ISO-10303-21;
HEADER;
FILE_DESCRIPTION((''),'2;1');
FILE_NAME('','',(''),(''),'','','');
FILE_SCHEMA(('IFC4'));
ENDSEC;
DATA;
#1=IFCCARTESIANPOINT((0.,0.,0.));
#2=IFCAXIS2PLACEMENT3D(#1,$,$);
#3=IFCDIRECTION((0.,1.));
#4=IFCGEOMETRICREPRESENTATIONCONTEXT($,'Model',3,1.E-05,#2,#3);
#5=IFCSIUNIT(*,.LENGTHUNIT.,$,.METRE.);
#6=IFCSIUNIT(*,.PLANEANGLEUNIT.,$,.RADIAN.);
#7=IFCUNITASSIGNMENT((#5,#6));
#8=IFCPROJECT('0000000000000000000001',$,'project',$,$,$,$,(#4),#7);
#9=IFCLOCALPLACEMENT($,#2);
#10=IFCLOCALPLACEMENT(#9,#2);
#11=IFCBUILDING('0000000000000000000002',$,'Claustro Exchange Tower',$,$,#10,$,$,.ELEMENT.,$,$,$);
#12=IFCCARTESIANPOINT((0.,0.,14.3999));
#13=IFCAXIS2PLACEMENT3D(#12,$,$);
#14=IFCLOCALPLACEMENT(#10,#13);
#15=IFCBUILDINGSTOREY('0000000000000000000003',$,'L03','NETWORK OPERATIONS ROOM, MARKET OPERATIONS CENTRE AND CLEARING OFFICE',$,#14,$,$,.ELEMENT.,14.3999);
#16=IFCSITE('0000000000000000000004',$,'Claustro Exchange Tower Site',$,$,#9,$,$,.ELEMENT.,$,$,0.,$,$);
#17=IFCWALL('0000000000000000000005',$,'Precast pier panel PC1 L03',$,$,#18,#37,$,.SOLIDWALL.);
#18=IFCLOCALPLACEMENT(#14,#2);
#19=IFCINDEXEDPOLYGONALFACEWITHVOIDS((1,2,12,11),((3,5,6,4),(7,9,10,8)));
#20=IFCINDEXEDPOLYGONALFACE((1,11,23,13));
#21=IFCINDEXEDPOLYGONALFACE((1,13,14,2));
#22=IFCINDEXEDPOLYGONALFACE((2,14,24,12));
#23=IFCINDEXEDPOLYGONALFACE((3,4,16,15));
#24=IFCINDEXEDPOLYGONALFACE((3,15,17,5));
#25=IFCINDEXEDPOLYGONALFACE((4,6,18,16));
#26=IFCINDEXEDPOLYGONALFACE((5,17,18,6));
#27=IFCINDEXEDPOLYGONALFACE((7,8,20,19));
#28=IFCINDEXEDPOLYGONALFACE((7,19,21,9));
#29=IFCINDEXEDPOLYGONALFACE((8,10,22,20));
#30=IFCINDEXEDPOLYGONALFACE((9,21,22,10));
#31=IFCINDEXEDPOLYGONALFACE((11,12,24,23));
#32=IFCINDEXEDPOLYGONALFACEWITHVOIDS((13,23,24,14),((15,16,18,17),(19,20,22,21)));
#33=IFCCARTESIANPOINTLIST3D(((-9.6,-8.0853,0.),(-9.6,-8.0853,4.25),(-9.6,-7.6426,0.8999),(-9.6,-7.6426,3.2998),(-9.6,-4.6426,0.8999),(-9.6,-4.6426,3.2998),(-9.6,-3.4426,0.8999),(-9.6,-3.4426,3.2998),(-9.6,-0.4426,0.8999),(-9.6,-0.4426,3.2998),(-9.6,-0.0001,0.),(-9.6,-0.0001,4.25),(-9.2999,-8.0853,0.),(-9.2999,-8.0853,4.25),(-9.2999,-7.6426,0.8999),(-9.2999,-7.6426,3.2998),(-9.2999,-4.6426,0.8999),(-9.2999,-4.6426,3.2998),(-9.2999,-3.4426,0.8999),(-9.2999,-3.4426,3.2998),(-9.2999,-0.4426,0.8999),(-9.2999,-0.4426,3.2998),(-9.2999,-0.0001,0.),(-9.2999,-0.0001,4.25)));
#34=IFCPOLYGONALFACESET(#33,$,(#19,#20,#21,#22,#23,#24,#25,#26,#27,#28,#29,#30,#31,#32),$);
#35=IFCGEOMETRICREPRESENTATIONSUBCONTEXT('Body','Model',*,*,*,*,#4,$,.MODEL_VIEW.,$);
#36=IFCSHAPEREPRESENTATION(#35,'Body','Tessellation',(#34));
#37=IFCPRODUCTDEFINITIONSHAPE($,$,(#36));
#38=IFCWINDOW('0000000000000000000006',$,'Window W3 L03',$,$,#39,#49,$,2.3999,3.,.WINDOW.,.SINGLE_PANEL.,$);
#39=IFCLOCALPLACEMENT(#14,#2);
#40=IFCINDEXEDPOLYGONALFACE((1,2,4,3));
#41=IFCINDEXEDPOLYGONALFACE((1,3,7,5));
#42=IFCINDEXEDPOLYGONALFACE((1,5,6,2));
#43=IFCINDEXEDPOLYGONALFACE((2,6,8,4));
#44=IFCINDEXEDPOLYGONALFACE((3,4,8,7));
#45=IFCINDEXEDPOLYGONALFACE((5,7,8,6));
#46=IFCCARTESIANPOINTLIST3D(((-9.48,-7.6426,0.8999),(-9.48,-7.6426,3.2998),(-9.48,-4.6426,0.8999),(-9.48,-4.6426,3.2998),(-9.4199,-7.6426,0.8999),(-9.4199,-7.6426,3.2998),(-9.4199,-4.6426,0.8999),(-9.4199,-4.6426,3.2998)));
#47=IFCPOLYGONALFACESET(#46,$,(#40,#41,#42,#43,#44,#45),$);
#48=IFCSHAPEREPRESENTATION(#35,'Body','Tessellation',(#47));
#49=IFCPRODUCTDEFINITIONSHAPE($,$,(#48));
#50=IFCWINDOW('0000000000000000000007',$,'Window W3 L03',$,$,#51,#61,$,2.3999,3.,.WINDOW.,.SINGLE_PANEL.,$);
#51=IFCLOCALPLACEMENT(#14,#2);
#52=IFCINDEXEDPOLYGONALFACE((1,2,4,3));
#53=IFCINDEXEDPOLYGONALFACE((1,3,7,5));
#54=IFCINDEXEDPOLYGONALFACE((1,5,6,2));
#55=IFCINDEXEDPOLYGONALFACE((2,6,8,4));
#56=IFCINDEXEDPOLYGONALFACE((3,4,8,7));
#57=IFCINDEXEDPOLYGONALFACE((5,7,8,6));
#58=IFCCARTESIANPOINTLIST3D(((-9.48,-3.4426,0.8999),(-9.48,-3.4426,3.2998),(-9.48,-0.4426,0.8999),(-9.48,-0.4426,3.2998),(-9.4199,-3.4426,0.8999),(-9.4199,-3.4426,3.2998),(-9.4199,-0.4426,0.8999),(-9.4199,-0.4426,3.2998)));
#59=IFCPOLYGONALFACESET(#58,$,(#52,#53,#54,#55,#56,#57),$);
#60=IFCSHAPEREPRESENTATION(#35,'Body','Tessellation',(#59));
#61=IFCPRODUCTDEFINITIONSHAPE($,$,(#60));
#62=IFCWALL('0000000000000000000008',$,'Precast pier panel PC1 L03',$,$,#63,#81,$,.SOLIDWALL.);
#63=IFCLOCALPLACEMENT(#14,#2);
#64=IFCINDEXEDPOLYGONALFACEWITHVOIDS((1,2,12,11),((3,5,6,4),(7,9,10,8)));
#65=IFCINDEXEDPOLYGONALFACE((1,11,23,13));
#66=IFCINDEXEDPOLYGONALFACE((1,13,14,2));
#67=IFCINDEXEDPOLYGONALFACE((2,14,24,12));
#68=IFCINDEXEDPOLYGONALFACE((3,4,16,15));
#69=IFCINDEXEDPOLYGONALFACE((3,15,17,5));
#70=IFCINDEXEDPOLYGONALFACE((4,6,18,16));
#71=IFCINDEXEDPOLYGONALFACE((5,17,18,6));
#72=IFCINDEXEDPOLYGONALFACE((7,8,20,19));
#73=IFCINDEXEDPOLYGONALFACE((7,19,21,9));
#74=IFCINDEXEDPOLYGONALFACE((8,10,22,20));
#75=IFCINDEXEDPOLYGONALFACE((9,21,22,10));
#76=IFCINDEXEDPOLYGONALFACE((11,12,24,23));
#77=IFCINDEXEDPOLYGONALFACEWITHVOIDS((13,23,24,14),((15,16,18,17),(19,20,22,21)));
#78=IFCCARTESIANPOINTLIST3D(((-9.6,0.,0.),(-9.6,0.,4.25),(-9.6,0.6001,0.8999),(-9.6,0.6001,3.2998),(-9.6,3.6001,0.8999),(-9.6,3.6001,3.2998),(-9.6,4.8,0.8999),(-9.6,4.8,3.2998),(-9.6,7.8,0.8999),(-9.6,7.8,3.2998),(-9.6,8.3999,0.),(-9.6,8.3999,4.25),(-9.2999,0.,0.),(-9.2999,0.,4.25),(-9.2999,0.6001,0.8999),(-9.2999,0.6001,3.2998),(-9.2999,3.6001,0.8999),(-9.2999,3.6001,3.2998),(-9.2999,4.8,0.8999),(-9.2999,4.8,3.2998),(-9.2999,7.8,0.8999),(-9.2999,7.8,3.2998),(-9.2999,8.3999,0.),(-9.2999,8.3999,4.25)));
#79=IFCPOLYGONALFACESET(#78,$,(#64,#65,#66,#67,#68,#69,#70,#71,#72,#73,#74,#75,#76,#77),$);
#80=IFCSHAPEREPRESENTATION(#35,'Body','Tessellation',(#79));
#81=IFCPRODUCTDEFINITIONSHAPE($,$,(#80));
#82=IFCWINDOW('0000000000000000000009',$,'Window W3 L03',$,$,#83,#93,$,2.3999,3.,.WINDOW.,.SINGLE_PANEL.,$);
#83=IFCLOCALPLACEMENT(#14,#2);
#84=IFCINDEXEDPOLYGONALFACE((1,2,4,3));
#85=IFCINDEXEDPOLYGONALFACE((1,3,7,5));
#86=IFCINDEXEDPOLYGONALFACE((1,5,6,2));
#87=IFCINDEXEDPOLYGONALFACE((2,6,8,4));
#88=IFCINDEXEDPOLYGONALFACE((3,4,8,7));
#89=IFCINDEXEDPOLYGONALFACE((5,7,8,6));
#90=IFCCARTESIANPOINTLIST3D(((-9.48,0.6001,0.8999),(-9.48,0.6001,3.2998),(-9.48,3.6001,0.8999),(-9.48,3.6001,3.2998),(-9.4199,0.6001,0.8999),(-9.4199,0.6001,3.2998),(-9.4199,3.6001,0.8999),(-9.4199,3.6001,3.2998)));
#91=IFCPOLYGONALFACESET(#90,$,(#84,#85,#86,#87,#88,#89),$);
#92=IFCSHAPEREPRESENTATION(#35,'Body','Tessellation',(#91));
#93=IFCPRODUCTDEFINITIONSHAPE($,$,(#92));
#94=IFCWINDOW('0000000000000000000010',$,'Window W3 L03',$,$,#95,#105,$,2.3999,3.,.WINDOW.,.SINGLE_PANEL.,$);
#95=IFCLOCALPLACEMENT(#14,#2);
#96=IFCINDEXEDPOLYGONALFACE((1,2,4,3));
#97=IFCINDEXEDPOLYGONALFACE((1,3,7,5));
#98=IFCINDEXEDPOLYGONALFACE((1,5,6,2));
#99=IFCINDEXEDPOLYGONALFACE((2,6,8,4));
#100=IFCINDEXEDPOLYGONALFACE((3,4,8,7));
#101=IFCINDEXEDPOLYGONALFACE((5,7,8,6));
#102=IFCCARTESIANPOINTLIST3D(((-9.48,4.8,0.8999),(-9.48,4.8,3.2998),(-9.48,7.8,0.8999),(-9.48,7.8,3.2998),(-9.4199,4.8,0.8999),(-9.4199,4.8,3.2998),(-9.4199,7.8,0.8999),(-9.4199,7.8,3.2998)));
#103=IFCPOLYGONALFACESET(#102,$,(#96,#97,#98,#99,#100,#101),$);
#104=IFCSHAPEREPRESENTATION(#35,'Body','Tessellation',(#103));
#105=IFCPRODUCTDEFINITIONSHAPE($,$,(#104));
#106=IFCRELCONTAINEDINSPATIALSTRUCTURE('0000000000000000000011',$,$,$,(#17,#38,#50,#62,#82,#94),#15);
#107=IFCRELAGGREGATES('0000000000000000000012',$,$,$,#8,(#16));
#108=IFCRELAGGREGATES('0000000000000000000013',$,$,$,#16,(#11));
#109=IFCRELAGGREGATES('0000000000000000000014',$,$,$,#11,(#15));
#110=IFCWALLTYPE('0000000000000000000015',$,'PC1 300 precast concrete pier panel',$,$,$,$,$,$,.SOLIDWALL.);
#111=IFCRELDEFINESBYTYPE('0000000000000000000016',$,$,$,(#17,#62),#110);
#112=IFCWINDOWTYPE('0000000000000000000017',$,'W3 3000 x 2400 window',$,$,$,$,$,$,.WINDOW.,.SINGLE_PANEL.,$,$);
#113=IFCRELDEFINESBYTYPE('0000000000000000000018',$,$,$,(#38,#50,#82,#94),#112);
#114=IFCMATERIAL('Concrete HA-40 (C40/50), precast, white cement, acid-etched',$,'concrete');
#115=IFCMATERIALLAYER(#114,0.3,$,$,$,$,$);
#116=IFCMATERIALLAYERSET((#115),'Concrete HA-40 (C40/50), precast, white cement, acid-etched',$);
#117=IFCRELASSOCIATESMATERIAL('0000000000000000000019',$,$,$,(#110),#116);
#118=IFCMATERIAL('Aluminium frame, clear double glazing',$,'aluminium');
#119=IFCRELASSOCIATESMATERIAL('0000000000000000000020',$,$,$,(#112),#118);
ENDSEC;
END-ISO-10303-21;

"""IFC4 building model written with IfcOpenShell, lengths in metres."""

from ifc_helpers import new_model, si_unit, direction, frame, frame_2d, origin, place, context, subcontext, project, spatial, rectangle, extrude, material, layer, layer_set, type_object, element, fill, save


model = new_model("IFC4")

# Units and contexts
model_context = context("Model", 3, precision=1e-05, world=origin(), true_north=direction((0.0, 1.0)))
body_context = subcontext(model_context, "Body", "Model", "MODEL_VIEW")
ifc_project = project(units=[si_unit("LENGTHUNIT", "METRE"), si_unit("PLANEANGLEUNIT", "RADIAN")], contexts=[model_context])

# Site, building, storey
site_placement = place(None, origin())
site = spatial("IfcSite", under=ifc_project, at=site_placement, Name="Claustro Exchange Tower Site", CompositionType="ELEMENT", RefElevation=0.0)
building_placement = place(site_placement, origin())
building = spatial("IfcBuilding", under=site, at=building_placement, Name="Claustro Exchange Tower", CompositionType="ELEMENT")
storey_placement = place(building_placement, frame((0.0, 0.0, 14.3999)))
storey = spatial("IfcBuildingStorey", under=building, at=storey_placement, Name="L03", Description="NETWORK OPERATIONS ROOM, MARKET OPERATIONS CENTRE AND CLEARING OFFICE", CompositionType="ELEMENT", Elevation=14.3999)

# Shared definitions
ifc_material_1 = material(Name="Concrete HA-40 (C40/50), precast, white cement, acid-etched", Category="concrete")
ifc_layer_1 = layer(ifc_material_1, 0.3)
ifc_layer_set_1 = layer_set([ifc_layer_1], Name="Concrete HA-40 (C40/50), precast, white cement, acid-etched")
wall_type_1 = type_object("IfcWallType", Name="PC1 300 precast concrete pier panel", PredefinedType="SOLIDWALL", material=ifc_layer_set_1)

# Walls, openings, windows
wall_1_placement = place(storey_placement, frame((-9.45, -8.0852, 0.0), z_axis=(0.0, 0.0, 1.0), x_axis=(0.0, 1.0, 0.0)))
wall_1 = element("IfcWall", 1, at=wall_1_placement, inside=storey, type_object=wall_type_1, Name="Precast pier panel PC1 L03", PredefinedType="SOLIDWALL", context=body_context, shape_type="SweptSolid", body=[
    extrude(rectangle(XDim=8.0852, YDim=0.3, at=frame_2d((4.0425, 0.0))), origin(), (0.0, 0.0, 1.0), 4.25),
])
opening_1_placement = place(wall_1_placement, frame((0.4426, 0.0, 0.8999)))
opening_1 = element("IfcOpeningElement", 2, at=opening_1_placement, cuts=wall_1, PredefinedType="OPENING", context=body_context, shape_type="SweptSolid", body=[
    extrude(rectangle(XDim=3.0, YDim=2.3999, at=frame_2d((1.5, 1.2))), frame((0.0, 0.1599, 0.0), z_axis=(0.0, -1.0, 0.0), x_axis=(1.0, 0.0, 0.0)), (0.0, 0.0, 1.0), 0.3201),
])
opening_2_placement = place(wall_1_placement, frame((4.6426, 0.0, 0.8999)))
opening_2 = element("IfcOpeningElement", 3, at=opening_2_placement, cuts=wall_1, PredefinedType="OPENING", context=body_context, shape_type="SweptSolid", body=[
    extrude(rectangle(XDim=3.0, YDim=2.3999, at=frame_2d((1.5, 1.2))), frame((0.0, 0.1599, 0.0), z_axis=(0.0, -1.0, 0.0), x_axis=(1.0, 0.0, 0.0)), (0.0, 0.0, 1.0), 0.3201),
])
ifc_material_2 = material(Name="Aluminium frame, clear double glazing", Category="aluminium")
window_type = type_object("IfcWindowType", Name="W3 3000 x 2400 window", PartitioningType="SINGLE_PANEL", PredefinedType="WINDOW", material=ifc_material_2)
window_1_placement = place(opening_1_placement, origin())
window_1 = element("IfcWindow", 4, at=window_1_placement, inside=storey, type_object=window_type, Name="Window W3 L03", OverallHeight=2.3999, OverallWidth=3.0, PartitioningType="SINGLE_PANEL", PredefinedType="WINDOW", context=body_context, shape_type="SweptSolid", body=[
    extrude(rectangle(XDim=3.0, YDim=2.3999, at=frame_2d((1.5, 1.2))), frame((0.0, 0.03, 0.0), z_axis=(0.0, -1.0, 0.0), x_axis=(1.0, 0.0, 0.0)), (0.0, 0.0, 1.0), 0.0601),
])
fill(opening_1, window_1)
window_2_placement = place(opening_2_placement, origin())
window_2 = element("IfcWindow", 5, at=window_2_placement, inside=storey, type_object=window_type, Name="Window W3 L03", OverallHeight=2.3999, OverallWidth=3.0, PartitioningType="SINGLE_PANEL", PredefinedType="WINDOW", context=body_context, shape_type="SweptSolid", body=[
    extrude(rectangle(XDim=3.0, YDim=2.3999, at=frame_2d((1.5, 1.2))), frame((0.0, 0.03, 0.0), z_axis=(0.0, -1.0, 0.0), x_axis=(1.0, 0.0, 0.0)), (0.0, 0.0, 1.0), 0.0601),
])
fill(opening_2, window_2)
wall_2_placement = place(storey_placement, frame((-9.45, 0.0, 0.0), z_axis=(0.0, 0.0, 1.0), x_axis=(0.0, 1.0, 0.0)))
wall_2 = element("IfcWall", 6, at=wall_2_placement, inside=storey, type_object=wall_type_1, Name="Precast pier panel PC1 L03", PredefinedType="SOLIDWALL", context=body_context, shape_type="SweptSolid", body=[
    extrude(rectangle(XDim=8.3999, YDim=0.3, at=frame_2d((4.2, 0.0))), origin(), (0.0, 0.0, 1.0), 4.25),
])
opening_3_placement = place(wall_2_placement, frame((0.6001, 0.0, 0.8999)))
opening_3 = element("IfcOpeningElement", 7, at=opening_3_placement, cuts=wall_2, PredefinedType="OPENING", context=body_context, shape_type="SweptSolid", body=[
    extrude(rectangle(XDim=3.0, YDim=2.3999, at=frame_2d((1.5, 1.2))), frame((0.0, 0.1599, 0.0), z_axis=(0.0, -1.0, 0.0), x_axis=(1.0, 0.0, 0.0)), (0.0, 0.0, 1.0), 0.3201),
])
opening_4_placement = place(wall_2_placement, frame((4.8, 0.0, 0.8999)))
opening_4 = element("IfcOpeningElement", 8, at=opening_4_placement, cuts=wall_2, PredefinedType="OPENING", context=body_context, shape_type="SweptSolid", body=[
    extrude(rectangle(XDim=3.0, YDim=2.3999, at=frame_2d((1.5, 1.2))), frame((0.0, 0.1599, 0.0), z_axis=(0.0, -1.0, 0.0), x_axis=(1.0, 0.0, 0.0)), (0.0, 0.0, 1.0), 0.3201),
])
window_3_placement = place(opening_3_placement, origin())
window_3 = element("IfcWindow", 9, at=window_3_placement, inside=storey, type_object=window_type, Name="Window W3 L03", OverallHeight=2.3999, OverallWidth=3.0, PartitioningType="SINGLE_PANEL", PredefinedType="WINDOW", context=body_context, shape_type="SweptSolid", body=[
    extrude(rectangle(XDim=3.0, YDim=2.3999, at=frame_2d((1.5, 1.2))), frame((0.0, 0.03, 0.0), z_axis=(0.0, -1.0, 0.0), x_axis=(1.0, 0.0, 0.0)), (0.0, 0.0, 1.0), 0.0601),
])
fill(opening_3, window_3)
window_4_placement = place(opening_4_placement, origin())
window_4 = element("IfcWindow", 10, at=window_4_placement, inside=storey, type_object=window_type, Name="Window W3 L03", OverallHeight=2.3999, OverallWidth=3.0, PartitioningType="SINGLE_PANEL", PredefinedType="WINDOW", context=body_context, shape_type="SweptSolid", body=[
    extrude(rectangle(XDim=3.0, YDim=2.3999, at=frame_2d((1.5, 1.2))), frame((0.0, 0.03, 0.0), z_axis=(0.0, -1.0, 0.0), x_axis=(1.0, 0.0, 0.0)), (0.0, 0.0, 1.0), 0.0601),
])
fill(opening_4, window_4)

save(model, "model.ifc")
